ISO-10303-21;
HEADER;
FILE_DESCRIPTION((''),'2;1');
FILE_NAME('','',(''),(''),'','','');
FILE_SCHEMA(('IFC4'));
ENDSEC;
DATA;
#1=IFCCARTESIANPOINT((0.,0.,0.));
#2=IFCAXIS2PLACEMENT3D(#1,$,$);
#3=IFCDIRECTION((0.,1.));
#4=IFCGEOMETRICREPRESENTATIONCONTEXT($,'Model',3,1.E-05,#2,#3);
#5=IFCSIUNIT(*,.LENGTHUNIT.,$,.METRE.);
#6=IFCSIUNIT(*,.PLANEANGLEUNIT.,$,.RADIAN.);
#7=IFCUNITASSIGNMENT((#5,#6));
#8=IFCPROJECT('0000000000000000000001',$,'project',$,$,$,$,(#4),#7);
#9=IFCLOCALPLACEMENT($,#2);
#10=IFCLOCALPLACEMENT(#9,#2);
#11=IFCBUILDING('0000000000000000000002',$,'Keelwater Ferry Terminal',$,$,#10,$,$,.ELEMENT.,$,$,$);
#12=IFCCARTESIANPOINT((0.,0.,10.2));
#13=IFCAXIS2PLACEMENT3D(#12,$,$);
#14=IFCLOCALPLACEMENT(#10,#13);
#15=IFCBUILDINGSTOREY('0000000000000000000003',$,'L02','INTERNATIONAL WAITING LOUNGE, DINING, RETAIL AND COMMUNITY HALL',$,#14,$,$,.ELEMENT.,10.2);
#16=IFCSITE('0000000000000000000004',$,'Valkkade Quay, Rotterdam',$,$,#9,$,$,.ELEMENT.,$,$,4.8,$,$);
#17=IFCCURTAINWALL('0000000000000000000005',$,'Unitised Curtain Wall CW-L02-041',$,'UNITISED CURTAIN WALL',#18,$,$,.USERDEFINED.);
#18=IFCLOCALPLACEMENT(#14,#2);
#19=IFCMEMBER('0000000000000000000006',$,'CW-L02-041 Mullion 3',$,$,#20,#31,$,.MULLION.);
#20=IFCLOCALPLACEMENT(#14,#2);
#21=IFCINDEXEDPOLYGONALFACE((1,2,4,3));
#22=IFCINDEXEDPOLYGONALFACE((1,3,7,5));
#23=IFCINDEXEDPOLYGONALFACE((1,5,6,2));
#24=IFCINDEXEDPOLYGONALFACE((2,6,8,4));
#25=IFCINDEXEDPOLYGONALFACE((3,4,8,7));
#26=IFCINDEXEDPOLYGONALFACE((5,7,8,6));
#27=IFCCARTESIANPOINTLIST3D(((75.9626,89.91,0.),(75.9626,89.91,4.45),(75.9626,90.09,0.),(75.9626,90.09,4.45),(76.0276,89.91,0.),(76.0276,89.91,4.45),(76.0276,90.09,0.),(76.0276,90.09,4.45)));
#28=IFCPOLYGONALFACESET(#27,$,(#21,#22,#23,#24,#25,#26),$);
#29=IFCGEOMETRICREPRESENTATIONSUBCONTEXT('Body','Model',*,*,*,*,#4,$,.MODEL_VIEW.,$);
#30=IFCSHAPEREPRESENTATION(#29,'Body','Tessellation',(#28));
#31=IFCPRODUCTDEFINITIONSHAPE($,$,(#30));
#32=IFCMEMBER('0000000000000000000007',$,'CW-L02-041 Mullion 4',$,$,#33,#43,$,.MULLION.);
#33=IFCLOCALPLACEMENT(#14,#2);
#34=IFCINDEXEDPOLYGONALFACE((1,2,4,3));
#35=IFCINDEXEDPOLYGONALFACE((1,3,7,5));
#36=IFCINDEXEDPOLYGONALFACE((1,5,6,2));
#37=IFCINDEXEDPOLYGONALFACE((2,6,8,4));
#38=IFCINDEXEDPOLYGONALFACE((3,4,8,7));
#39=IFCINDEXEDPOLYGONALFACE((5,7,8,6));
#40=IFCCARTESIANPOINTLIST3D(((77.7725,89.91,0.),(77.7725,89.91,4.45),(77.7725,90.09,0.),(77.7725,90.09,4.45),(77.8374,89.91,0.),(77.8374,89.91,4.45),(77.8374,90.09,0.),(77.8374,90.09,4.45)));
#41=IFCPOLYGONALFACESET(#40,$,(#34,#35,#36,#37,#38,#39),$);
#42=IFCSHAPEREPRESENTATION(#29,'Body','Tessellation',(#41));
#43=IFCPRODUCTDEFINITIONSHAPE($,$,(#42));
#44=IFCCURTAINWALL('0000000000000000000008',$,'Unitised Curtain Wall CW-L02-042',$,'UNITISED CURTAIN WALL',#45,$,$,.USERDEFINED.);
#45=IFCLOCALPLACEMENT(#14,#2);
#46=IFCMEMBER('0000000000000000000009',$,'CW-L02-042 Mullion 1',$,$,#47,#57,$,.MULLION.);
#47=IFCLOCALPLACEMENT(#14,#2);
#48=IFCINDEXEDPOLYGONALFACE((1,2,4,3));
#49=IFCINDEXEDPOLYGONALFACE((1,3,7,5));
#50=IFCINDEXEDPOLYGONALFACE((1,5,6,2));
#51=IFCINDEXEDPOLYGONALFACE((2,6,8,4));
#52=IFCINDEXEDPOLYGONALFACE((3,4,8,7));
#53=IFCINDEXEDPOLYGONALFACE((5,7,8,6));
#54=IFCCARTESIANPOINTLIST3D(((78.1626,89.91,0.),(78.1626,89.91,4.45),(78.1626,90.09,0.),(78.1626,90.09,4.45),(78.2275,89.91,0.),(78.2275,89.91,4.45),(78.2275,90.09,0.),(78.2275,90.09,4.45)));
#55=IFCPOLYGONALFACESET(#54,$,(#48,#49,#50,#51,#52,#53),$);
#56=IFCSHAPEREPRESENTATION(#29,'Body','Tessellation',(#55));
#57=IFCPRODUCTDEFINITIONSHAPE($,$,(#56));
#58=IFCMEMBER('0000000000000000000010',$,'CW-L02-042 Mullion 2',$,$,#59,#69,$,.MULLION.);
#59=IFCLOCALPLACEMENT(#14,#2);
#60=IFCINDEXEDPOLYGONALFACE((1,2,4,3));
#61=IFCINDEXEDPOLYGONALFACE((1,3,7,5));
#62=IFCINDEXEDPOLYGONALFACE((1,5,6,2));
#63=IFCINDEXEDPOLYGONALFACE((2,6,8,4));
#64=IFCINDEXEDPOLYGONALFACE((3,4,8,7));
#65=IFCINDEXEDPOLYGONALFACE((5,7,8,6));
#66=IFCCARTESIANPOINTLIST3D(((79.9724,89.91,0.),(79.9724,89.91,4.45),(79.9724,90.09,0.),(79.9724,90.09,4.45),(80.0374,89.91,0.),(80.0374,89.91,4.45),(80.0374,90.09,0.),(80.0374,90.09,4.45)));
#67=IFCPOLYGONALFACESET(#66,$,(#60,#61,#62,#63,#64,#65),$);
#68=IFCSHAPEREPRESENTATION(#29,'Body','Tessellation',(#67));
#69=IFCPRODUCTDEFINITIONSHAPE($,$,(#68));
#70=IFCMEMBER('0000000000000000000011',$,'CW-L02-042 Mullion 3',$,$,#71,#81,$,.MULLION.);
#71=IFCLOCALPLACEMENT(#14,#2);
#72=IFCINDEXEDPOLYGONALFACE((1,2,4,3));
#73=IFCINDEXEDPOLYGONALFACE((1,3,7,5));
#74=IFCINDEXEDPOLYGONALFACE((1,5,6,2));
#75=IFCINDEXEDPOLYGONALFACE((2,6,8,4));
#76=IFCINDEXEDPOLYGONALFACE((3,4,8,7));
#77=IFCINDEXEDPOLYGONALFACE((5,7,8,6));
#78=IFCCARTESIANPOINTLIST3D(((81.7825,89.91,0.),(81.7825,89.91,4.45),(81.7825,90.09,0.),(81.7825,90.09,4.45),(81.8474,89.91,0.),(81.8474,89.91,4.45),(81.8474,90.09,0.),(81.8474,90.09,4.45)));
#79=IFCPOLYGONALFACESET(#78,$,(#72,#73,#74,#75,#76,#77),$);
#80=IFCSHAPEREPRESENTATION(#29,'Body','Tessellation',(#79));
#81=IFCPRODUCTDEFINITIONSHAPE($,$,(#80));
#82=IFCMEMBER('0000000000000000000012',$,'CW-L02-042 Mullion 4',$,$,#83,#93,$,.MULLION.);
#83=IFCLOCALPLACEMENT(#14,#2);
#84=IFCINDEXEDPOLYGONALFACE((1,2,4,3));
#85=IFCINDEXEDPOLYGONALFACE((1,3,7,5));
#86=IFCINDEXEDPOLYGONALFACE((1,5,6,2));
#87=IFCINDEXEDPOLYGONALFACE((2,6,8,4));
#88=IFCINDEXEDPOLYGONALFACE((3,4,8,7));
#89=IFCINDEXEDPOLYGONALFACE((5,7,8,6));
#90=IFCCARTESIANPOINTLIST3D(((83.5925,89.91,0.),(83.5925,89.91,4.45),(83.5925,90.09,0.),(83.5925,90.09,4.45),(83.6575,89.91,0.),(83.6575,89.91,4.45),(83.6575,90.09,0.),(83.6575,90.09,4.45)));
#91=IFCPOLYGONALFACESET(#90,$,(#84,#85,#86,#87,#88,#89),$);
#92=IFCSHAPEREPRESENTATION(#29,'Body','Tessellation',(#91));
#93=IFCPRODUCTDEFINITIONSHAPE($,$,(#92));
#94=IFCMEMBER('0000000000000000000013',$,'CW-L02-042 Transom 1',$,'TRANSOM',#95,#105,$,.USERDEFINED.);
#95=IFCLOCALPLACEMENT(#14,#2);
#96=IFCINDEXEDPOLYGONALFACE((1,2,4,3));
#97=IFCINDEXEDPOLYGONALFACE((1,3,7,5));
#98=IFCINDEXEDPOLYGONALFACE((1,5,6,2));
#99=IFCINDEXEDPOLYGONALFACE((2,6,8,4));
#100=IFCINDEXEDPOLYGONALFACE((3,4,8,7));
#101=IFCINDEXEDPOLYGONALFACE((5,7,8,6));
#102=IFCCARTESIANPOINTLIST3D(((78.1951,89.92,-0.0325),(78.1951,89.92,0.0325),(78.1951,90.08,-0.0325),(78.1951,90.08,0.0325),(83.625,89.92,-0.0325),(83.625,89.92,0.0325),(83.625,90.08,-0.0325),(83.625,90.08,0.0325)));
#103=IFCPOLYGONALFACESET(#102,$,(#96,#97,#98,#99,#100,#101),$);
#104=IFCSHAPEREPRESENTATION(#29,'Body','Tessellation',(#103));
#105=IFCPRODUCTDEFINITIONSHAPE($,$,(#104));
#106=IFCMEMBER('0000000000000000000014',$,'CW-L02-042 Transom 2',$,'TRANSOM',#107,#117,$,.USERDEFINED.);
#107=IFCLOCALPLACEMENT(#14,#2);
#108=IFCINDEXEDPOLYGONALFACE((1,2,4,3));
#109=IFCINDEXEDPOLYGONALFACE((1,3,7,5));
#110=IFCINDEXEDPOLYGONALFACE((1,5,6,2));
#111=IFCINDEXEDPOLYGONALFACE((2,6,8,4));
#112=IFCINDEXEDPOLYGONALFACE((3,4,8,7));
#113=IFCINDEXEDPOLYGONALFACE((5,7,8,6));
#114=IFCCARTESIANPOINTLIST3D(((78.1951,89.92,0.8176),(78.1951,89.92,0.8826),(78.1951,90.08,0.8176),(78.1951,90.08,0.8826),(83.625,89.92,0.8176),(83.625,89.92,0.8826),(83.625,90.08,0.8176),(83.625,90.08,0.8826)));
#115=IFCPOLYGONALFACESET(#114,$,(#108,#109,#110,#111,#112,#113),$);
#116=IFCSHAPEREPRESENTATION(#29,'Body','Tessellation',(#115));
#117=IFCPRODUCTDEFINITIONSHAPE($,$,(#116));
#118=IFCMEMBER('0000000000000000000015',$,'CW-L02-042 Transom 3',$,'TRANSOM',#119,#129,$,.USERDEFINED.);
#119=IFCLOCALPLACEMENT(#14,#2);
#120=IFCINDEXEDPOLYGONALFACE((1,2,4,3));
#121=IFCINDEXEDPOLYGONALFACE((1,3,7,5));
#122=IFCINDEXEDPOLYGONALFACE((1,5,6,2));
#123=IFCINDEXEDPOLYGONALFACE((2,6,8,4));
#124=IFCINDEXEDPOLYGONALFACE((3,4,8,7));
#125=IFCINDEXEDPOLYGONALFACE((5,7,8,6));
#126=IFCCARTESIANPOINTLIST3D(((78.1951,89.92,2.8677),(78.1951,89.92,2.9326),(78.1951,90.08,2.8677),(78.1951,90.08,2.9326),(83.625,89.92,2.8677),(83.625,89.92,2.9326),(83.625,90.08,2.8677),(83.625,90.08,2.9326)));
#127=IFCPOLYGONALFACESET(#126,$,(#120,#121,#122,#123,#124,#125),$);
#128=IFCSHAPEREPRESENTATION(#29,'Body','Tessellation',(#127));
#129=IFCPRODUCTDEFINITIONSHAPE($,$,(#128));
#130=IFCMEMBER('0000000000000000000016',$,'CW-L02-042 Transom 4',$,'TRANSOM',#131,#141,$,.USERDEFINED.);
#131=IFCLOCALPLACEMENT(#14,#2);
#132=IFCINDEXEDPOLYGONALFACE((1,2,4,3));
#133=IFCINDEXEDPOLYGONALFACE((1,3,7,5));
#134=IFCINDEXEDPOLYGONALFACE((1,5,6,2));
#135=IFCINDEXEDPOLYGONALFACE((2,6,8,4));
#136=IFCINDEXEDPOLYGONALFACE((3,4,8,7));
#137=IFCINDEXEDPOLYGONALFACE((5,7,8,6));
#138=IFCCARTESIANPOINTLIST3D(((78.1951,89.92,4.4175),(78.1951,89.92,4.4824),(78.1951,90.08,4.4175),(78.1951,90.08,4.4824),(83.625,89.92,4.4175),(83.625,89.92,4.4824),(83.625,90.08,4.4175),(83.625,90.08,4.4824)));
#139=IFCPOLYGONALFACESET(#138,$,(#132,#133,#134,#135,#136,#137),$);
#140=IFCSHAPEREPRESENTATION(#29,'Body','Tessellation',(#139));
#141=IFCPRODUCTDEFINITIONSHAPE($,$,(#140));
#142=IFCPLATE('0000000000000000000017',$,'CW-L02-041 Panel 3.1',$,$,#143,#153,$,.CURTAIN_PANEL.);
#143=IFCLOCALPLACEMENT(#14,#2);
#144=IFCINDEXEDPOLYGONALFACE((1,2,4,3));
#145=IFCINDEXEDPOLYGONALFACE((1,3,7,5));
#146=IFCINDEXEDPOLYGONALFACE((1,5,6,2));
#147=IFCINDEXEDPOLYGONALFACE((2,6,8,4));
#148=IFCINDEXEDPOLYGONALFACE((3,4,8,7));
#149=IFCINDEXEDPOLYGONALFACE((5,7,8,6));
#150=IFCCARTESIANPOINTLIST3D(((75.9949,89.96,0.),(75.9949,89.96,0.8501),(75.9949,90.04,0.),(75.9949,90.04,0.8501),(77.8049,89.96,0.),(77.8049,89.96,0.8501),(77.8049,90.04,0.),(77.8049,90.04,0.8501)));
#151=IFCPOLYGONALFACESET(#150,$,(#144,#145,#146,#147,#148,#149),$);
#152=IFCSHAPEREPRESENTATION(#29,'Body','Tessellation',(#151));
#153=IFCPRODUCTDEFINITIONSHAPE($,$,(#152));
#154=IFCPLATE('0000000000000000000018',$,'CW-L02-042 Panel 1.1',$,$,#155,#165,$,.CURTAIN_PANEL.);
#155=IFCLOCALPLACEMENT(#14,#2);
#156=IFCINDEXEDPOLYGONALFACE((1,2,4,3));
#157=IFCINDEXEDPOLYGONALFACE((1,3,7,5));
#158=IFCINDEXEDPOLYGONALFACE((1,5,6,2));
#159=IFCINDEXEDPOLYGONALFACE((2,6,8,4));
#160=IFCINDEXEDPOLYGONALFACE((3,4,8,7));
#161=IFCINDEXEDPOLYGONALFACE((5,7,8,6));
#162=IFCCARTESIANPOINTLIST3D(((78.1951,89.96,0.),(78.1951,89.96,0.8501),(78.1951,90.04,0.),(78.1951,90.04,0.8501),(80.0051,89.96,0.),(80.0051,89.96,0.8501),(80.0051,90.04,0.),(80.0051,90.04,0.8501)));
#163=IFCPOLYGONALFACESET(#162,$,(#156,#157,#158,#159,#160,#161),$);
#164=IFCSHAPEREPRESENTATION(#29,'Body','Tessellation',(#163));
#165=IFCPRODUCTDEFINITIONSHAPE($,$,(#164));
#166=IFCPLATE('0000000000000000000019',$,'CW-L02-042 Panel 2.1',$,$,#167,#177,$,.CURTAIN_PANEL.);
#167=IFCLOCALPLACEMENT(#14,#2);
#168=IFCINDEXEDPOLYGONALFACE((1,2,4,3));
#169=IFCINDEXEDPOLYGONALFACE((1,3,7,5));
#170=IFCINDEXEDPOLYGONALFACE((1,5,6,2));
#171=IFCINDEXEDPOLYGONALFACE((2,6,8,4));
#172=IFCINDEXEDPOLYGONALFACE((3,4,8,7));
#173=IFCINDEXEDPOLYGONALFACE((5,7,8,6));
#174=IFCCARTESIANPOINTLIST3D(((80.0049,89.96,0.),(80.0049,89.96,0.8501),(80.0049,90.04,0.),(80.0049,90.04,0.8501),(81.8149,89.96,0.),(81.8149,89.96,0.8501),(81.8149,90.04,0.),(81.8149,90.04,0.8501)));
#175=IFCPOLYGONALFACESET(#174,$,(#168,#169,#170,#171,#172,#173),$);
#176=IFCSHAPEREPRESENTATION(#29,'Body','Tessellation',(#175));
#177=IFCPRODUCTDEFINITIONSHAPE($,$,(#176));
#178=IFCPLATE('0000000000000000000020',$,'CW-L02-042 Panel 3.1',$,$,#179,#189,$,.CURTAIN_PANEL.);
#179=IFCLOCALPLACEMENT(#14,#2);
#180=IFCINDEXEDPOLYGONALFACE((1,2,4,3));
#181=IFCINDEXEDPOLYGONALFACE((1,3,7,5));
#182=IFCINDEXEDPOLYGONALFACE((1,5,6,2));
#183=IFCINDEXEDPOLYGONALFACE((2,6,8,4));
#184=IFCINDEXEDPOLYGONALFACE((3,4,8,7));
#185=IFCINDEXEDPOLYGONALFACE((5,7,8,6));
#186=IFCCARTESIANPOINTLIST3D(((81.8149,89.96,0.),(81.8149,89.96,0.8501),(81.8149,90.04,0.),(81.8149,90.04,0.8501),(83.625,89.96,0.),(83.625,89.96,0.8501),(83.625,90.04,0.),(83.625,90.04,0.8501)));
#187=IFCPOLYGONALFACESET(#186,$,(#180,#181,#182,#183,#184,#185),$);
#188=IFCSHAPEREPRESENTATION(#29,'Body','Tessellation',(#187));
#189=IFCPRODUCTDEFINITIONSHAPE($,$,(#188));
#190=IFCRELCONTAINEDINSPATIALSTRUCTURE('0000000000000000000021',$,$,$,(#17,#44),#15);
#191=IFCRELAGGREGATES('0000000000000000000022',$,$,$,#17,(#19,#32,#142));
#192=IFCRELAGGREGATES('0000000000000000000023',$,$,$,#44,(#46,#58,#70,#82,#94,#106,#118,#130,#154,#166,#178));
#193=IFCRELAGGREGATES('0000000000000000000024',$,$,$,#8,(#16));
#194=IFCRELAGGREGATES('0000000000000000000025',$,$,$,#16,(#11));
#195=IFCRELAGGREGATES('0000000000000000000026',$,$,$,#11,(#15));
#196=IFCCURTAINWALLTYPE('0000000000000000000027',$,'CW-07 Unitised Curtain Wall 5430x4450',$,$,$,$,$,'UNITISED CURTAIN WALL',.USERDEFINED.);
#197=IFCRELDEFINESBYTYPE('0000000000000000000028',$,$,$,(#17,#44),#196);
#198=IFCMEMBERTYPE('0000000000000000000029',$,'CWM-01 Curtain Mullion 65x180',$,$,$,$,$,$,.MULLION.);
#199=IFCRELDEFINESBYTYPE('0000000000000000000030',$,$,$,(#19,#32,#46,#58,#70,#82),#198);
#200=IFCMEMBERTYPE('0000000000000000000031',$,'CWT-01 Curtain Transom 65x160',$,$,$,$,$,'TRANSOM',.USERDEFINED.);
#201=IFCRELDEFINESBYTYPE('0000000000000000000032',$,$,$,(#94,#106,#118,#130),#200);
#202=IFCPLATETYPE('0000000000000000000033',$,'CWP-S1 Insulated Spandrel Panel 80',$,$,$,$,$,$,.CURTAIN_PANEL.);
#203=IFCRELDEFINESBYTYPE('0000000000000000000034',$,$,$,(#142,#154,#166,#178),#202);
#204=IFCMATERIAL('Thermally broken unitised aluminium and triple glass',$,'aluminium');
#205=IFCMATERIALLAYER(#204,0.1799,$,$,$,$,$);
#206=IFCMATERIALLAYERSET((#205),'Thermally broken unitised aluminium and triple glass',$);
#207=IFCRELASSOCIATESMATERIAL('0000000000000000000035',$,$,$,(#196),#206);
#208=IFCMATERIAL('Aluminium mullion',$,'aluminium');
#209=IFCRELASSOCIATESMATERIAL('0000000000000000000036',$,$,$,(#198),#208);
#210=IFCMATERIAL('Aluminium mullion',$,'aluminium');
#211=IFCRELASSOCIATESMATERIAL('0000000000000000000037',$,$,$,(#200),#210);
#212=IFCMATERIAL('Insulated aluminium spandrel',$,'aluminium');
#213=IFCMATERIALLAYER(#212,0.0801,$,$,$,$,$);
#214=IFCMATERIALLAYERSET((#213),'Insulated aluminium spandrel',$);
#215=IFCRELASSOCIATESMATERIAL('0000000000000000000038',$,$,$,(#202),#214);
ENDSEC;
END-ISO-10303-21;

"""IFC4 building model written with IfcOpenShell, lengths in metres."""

from ifc_helpers import new_model, si_unit, direction, frame, origin, origin_2d, place, context, subcontext, project, spatial, rectangle, extrude, material, layer, layer_set, material_profile, profile_set, type_object, element, aggregate, save


model = new_model("IFC4")

# Units and contexts
model_context = context("Model", 3, precision=1e-05, world=origin(), true_north=direction((0.0, 1.0)))
body_context = subcontext(model_context, "Body", "Model", "MODEL_VIEW")
ifc_project = project(units=[si_unit("LENGTHUNIT", "METRE"), si_unit("PLANEANGLEUNIT", "RADIAN")], contexts=[model_context])

# Site, building, storey
site_placement = place(None, origin())
site = spatial("IfcSite", under=ifc_project, at=site_placement, Name="Valkkade Quay, Rotterdam", CompositionType="ELEMENT", RefElevation=4.8)
building_placement = place(site_placement, origin())
building = spatial("IfcBuilding", under=site, at=building_placement, Name="Keelwater Ferry Terminal", CompositionType="ELEMENT")
storey_placement = place(building_placement, frame((0.0, 0.0, 10.2)))
storey = spatial("IfcBuildingStorey", under=building, at=storey_placement, Name="L02", Description="INTERNATIONAL WAITING LOUNGE, DINING, RETAIL AND COMMUNITY HALL", CompositionType="ELEMENT", Elevation=10.2)

# Curtain walls, members
ifc_material_1 = material(Name="Thermally broken unitised aluminium and triple glass", Category="aluminium")
ifc_layer_1 = layer(ifc_material_1, 0.1799)
ifc_layer_set_1 = layer_set([ifc_layer_1], Name="Thermally broken unitised aluminium and triple glass")
curtain_wall_type = type_object("IfcCurtainWallType", Name="CW-07 Unitised Curtain Wall 5430x4450", ElementType="UNITISED CURTAIN WALL", PredefinedType="USERDEFINED", material=ifc_layer_set_1)
curtain_wall_1_placement = place(storey_placement, origin())
curtain_wall_1 = element("IfcCurtainWall", 1, at=curtain_wall_1_placement, inside=storey, type_object=curtain_wall_type, Name="Unitised Curtain Wall CW-L02-041", ObjectType="UNITISED CURTAIN WALL", PredefinedType="USERDEFINED")
ifc_material_2 = material(Name="Aluminium mullion", Category="aluminium")
ifc_material_profile_1 = material_profile(ifc_material_2, rectangle(XDim=0.0649, YDim=0.1799, at=origin_2d()), Name="CWM-01")
ifc_profile_set_1 = profile_set([ifc_material_profile_1], Name="Aluminium mullion")
member_type_1 = type_object("IfcMemberType", Name="CWM-01 Curtain Mullion 65x180", PredefinedType="MULLION", material=ifc_profile_set_1)
member_1_placement = place(storey_placement, frame((75.9951, 90.0, 0.0), z_axis=(0.0, 0.0, 1.0), x_axis=(1.0, 0.0, 0.0)))
member_1 = element("IfcMember", 2, at=member_1_placement, type_object=member_type_1, Name="CW-L02-041 Mullion 3", PredefinedType="MULLION", context=body_context, shape_type="SweptSolid", body=[
    extrude(rectangle(XDim=0.0649, YDim=0.1799, at=origin_2d()), origin(), (0.0, 0.0, 1.0), 4.45),
])
member_2_placement = place(storey_placement, frame((77.8049, 90.0, 0.0), z_axis=(0.0, 0.0, 1.0), x_axis=(1.0, 0.0, 0.0)))
member_2 = element("IfcMember", 3, at=member_2_placement, type_object=member_type_1, Name="CW-L02-041 Mullion 4", PredefinedType="MULLION", context=body_context, shape_type="SweptSolid", body=[
    extrude(rectangle(XDim=0.0649, YDim=0.1799, at=origin_2d()), origin(), (0.0, 0.0, 1.0), 4.45),
])
curtain_wall_2_placement = place(storey_placement, origin())
curtain_wall_2 = element("IfcCurtainWall", 4, at=curtain_wall_2_placement, inside=storey, type_object=curtain_wall_type, Name="Unitised Curtain Wall CW-L02-042", ObjectType="UNITISED CURTAIN WALL", PredefinedType="USERDEFINED")
member_3_placement = place(storey_placement, frame((78.1951, 90.0, 0.0), z_axis=(0.0, 0.0, 1.0), x_axis=(1.0, 0.0, 0.0)))
member_3 = element("IfcMember", 5, at=member_3_placement, type_object=member_type_1, Name="CW-L02-042 Mullion 1", PredefinedType="MULLION", context=body_context, shape_type="SweptSolid", body=[
    extrude(rectangle(XDim=0.0649, YDim=0.1799, at=origin_2d()), origin(), (0.0, 0.0, 1.0), 4.45),
])
member_4_placement = place(storey_placement, frame((80.0049, 90.0, 0.0), z_axis=(0.0, 0.0, 1.0), x_axis=(1.0, 0.0, 0.0)))
member_4 = element("IfcMember", 6, at=member_4_placement, type_object=member_type_1, Name="CW-L02-042 Mullion 2", PredefinedType="MULLION", context=body_context, shape_type="SweptSolid", body=[
    extrude(rectangle(XDim=0.0649, YDim=0.1799, at=origin_2d()), origin(), (0.0, 0.0, 1.0), 4.45),
])
member_5_placement = place(storey_placement, frame((81.8149, 90.0, 0.0), z_axis=(0.0, 0.0, 1.0), x_axis=(1.0, 0.0, 0.0)))
member_5 = element("IfcMember", 7, at=member_5_placement, type_object=member_type_1, Name="CW-L02-042 Mullion 3", PredefinedType="MULLION", context=body_context, shape_type="SweptSolid", body=[
    extrude(rectangle(XDim=0.0649, YDim=0.1799, at=origin_2d()), origin(), (0.0, 0.0, 1.0), 4.45),
])
member_6_placement = place(storey_placement, frame((83.625, 90.0, 0.0), z_axis=(0.0, 0.0, 1.0), x_axis=(1.0, 0.0, 0.0)))
member_6 = element("IfcMember", 8, at=member_6_placement, type_object=member_type_1, Name="CW-L02-042 Mullion 4", PredefinedType="MULLION", context=body_context, shape_type="SweptSolid", body=[
    extrude(rectangle(XDim=0.0649, YDim=0.1799, at=origin_2d()), origin(), (0.0, 0.0, 1.0), 4.45),
])
ifc_material_3 = material(Name="Aluminium mullion", Category="aluminium")
ifc_material_profile_2 = material_profile(ifc_material_3, rectangle(XDim=0.1599, YDim=0.0649, at=origin_2d()), Name="CWT-01")
ifc_profile_set_2 = profile_set([ifc_material_profile_2], Name="Aluminium mullion")
member_type_2 = type_object("IfcMemberType", Name="CWT-01 Curtain Transom 65x160", ElementType="TRANSOM", PredefinedType="USERDEFINED", material=ifc_profile_set_2)
member_7_placement = place(storey_placement, frame((78.1951, 90.0, 0.0), z_axis=(1.0, 0.0, 0.0), x_axis=(0.0, 1.0, 0.0)))
member_7 = element("IfcMember", 9, at=member_7_placement, type_object=member_type_2, Name="CW-L02-042 Transom 1", ObjectType="TRANSOM", PredefinedType="USERDEFINED", context=body_context, shape_type="SweptSolid", body=[
    extrude(rectangle(XDim=0.1599, YDim=0.0649, at=origin_2d()), origin(), (0.0, 0.0, 1.0), 5.4299),
])
member_8_placement = place(storey_placement, frame((78.1951, 90.0, 0.8501), z_axis=(1.0, 0.0, 0.0), x_axis=(0.0, 1.0, 0.0)))
member_8 = element("IfcMember", 10, at=member_8_placement, type_object=member_type_2, Name="CW-L02-042 Transom 2", ObjectType="TRANSOM", PredefinedType="USERDEFINED", context=body_context, shape_type="SweptSolid", body=[
    extrude(rectangle(XDim=0.1599, YDim=0.0649, at=origin_2d()), origin(), (0.0, 0.0, 1.0), 5.4299),
])
member_9_placement = place(storey_placement, frame((78.1951, 90.0, 2.9001), z_axis=(1.0, 0.0, 0.0), x_axis=(0.0, 1.0, 0.0)))
member_9 = element("IfcMember", 11, at=member_9_placement, type_object=member_type_2, Name="CW-L02-042 Transom 3", ObjectType="TRANSOM", PredefinedType="USERDEFINED", context=body_context, shape_type="SweptSolid", body=[
    extrude(rectangle(XDim=0.1599, YDim=0.0649, at=origin_2d()), origin(), (0.0, 0.0, 1.0), 5.4299),
])
member_10_placement = place(storey_placement, frame((78.1951, 90.0, 4.45), z_axis=(1.0, 0.0, 0.0), x_axis=(0.0, 1.0, 0.0)))
member_10 = element("IfcMember", 12, at=member_10_placement, type_object=member_type_2, Name="CW-L02-042 Transom 4", ObjectType="TRANSOM", PredefinedType="USERDEFINED", context=body_context, shape_type="SweptSolid", body=[
    extrude(rectangle(XDim=0.1599, YDim=0.0649, at=origin_2d()), origin(), (0.0, 0.0, 1.0), 5.4299),
])

# Plates
ifc_material_4 = material(Name="Insulated aluminium spandrel", Category="aluminium")
ifc_layer_2 = layer(ifc_material_4, 0.0801)
ifc_layer_set_2 = layer_set([ifc_layer_2], Name="Insulated aluminium spandrel")
plate_type_1 = type_object("IfcPlateType", Name="CWP-S1 Insulated Spandrel Panel 80", PredefinedType="CURTAIN_PANEL", material=ifc_layer_set_2)
plate_1_placement = place(storey_placement, frame((76.8999, 90.0, 0.0), z_axis=(0.0, 0.0, 1.0), x_axis=(1.0, 0.0, 0.0)))
plate_1 = element("IfcPlate", 13, at=plate_1_placement, type_object=plate_type_1, Name="CW-L02-041 Panel 3.1", PredefinedType="CURTAIN_PANEL", context=body_context, shape_type="SweptSolid", body=[
    extrude(rectangle(XDim=1.8101, YDim=0.0801, at=origin_2d()), origin(), (0.0, 0.0, 1.0), 0.8501),
])
plate_2_placement = place(storey_placement, frame((79.1001, 90.0, 0.0), z_axis=(0.0, 0.0, 1.0), x_axis=(1.0, 0.0, 0.0)))
plate_2 = element("IfcPlate", 14, at=plate_2_placement, type_object=plate_type_1, Name="CW-L02-042 Panel 1.1", PredefinedType="CURTAIN_PANEL", context=body_context, shape_type="SweptSolid", body=[
    extrude(rectangle(XDim=1.8101, YDim=0.0801, at=origin_2d()), origin(), (0.0, 0.0, 1.0), 0.8501),
])
plate_3_placement = place(storey_placement, frame((80.9099, 90.0, 0.0), z_axis=(0.0, 0.0, 1.0), x_axis=(1.0, 0.0, 0.0)))
plate_3 = element("IfcPlate", 15, at=plate_3_placement, type_object=plate_type_1, Name="CW-L02-042 Panel 2.1", PredefinedType="CURTAIN_PANEL", context=body_context, shape_type="SweptSolid", body=[
    extrude(rectangle(XDim=1.8101, YDim=0.0801, at=origin_2d()), origin(), (0.0, 0.0, 1.0), 0.8501),
])
plate_4_placement = place(storey_placement, frame((82.72, 90.0, 0.0), z_axis=(0.0, 0.0, 1.0), x_axis=(1.0, 0.0, 0.0)))
plate_4 = element("IfcPlate", 16, at=plate_4_placement, type_object=plate_type_1, Name="CW-L02-042 Panel 3.1", PredefinedType="CURTAIN_PANEL", context=body_context, shape_type="SweptSolid", body=[
    extrude(rectangle(XDim=1.8101, YDim=0.0801, at=origin_2d()), origin(), (0.0, 0.0, 1.0), 0.8501),
])
aggregate(curtain_wall_1, [member_1, member_2, plate_1])
aggregate(curtain_wall_2, [member_3, member_4, member_5, member_6, member_7, member_8, member_9, member_10, plate_2, plate_3, plate_4])

save(model, "model.ifc")
